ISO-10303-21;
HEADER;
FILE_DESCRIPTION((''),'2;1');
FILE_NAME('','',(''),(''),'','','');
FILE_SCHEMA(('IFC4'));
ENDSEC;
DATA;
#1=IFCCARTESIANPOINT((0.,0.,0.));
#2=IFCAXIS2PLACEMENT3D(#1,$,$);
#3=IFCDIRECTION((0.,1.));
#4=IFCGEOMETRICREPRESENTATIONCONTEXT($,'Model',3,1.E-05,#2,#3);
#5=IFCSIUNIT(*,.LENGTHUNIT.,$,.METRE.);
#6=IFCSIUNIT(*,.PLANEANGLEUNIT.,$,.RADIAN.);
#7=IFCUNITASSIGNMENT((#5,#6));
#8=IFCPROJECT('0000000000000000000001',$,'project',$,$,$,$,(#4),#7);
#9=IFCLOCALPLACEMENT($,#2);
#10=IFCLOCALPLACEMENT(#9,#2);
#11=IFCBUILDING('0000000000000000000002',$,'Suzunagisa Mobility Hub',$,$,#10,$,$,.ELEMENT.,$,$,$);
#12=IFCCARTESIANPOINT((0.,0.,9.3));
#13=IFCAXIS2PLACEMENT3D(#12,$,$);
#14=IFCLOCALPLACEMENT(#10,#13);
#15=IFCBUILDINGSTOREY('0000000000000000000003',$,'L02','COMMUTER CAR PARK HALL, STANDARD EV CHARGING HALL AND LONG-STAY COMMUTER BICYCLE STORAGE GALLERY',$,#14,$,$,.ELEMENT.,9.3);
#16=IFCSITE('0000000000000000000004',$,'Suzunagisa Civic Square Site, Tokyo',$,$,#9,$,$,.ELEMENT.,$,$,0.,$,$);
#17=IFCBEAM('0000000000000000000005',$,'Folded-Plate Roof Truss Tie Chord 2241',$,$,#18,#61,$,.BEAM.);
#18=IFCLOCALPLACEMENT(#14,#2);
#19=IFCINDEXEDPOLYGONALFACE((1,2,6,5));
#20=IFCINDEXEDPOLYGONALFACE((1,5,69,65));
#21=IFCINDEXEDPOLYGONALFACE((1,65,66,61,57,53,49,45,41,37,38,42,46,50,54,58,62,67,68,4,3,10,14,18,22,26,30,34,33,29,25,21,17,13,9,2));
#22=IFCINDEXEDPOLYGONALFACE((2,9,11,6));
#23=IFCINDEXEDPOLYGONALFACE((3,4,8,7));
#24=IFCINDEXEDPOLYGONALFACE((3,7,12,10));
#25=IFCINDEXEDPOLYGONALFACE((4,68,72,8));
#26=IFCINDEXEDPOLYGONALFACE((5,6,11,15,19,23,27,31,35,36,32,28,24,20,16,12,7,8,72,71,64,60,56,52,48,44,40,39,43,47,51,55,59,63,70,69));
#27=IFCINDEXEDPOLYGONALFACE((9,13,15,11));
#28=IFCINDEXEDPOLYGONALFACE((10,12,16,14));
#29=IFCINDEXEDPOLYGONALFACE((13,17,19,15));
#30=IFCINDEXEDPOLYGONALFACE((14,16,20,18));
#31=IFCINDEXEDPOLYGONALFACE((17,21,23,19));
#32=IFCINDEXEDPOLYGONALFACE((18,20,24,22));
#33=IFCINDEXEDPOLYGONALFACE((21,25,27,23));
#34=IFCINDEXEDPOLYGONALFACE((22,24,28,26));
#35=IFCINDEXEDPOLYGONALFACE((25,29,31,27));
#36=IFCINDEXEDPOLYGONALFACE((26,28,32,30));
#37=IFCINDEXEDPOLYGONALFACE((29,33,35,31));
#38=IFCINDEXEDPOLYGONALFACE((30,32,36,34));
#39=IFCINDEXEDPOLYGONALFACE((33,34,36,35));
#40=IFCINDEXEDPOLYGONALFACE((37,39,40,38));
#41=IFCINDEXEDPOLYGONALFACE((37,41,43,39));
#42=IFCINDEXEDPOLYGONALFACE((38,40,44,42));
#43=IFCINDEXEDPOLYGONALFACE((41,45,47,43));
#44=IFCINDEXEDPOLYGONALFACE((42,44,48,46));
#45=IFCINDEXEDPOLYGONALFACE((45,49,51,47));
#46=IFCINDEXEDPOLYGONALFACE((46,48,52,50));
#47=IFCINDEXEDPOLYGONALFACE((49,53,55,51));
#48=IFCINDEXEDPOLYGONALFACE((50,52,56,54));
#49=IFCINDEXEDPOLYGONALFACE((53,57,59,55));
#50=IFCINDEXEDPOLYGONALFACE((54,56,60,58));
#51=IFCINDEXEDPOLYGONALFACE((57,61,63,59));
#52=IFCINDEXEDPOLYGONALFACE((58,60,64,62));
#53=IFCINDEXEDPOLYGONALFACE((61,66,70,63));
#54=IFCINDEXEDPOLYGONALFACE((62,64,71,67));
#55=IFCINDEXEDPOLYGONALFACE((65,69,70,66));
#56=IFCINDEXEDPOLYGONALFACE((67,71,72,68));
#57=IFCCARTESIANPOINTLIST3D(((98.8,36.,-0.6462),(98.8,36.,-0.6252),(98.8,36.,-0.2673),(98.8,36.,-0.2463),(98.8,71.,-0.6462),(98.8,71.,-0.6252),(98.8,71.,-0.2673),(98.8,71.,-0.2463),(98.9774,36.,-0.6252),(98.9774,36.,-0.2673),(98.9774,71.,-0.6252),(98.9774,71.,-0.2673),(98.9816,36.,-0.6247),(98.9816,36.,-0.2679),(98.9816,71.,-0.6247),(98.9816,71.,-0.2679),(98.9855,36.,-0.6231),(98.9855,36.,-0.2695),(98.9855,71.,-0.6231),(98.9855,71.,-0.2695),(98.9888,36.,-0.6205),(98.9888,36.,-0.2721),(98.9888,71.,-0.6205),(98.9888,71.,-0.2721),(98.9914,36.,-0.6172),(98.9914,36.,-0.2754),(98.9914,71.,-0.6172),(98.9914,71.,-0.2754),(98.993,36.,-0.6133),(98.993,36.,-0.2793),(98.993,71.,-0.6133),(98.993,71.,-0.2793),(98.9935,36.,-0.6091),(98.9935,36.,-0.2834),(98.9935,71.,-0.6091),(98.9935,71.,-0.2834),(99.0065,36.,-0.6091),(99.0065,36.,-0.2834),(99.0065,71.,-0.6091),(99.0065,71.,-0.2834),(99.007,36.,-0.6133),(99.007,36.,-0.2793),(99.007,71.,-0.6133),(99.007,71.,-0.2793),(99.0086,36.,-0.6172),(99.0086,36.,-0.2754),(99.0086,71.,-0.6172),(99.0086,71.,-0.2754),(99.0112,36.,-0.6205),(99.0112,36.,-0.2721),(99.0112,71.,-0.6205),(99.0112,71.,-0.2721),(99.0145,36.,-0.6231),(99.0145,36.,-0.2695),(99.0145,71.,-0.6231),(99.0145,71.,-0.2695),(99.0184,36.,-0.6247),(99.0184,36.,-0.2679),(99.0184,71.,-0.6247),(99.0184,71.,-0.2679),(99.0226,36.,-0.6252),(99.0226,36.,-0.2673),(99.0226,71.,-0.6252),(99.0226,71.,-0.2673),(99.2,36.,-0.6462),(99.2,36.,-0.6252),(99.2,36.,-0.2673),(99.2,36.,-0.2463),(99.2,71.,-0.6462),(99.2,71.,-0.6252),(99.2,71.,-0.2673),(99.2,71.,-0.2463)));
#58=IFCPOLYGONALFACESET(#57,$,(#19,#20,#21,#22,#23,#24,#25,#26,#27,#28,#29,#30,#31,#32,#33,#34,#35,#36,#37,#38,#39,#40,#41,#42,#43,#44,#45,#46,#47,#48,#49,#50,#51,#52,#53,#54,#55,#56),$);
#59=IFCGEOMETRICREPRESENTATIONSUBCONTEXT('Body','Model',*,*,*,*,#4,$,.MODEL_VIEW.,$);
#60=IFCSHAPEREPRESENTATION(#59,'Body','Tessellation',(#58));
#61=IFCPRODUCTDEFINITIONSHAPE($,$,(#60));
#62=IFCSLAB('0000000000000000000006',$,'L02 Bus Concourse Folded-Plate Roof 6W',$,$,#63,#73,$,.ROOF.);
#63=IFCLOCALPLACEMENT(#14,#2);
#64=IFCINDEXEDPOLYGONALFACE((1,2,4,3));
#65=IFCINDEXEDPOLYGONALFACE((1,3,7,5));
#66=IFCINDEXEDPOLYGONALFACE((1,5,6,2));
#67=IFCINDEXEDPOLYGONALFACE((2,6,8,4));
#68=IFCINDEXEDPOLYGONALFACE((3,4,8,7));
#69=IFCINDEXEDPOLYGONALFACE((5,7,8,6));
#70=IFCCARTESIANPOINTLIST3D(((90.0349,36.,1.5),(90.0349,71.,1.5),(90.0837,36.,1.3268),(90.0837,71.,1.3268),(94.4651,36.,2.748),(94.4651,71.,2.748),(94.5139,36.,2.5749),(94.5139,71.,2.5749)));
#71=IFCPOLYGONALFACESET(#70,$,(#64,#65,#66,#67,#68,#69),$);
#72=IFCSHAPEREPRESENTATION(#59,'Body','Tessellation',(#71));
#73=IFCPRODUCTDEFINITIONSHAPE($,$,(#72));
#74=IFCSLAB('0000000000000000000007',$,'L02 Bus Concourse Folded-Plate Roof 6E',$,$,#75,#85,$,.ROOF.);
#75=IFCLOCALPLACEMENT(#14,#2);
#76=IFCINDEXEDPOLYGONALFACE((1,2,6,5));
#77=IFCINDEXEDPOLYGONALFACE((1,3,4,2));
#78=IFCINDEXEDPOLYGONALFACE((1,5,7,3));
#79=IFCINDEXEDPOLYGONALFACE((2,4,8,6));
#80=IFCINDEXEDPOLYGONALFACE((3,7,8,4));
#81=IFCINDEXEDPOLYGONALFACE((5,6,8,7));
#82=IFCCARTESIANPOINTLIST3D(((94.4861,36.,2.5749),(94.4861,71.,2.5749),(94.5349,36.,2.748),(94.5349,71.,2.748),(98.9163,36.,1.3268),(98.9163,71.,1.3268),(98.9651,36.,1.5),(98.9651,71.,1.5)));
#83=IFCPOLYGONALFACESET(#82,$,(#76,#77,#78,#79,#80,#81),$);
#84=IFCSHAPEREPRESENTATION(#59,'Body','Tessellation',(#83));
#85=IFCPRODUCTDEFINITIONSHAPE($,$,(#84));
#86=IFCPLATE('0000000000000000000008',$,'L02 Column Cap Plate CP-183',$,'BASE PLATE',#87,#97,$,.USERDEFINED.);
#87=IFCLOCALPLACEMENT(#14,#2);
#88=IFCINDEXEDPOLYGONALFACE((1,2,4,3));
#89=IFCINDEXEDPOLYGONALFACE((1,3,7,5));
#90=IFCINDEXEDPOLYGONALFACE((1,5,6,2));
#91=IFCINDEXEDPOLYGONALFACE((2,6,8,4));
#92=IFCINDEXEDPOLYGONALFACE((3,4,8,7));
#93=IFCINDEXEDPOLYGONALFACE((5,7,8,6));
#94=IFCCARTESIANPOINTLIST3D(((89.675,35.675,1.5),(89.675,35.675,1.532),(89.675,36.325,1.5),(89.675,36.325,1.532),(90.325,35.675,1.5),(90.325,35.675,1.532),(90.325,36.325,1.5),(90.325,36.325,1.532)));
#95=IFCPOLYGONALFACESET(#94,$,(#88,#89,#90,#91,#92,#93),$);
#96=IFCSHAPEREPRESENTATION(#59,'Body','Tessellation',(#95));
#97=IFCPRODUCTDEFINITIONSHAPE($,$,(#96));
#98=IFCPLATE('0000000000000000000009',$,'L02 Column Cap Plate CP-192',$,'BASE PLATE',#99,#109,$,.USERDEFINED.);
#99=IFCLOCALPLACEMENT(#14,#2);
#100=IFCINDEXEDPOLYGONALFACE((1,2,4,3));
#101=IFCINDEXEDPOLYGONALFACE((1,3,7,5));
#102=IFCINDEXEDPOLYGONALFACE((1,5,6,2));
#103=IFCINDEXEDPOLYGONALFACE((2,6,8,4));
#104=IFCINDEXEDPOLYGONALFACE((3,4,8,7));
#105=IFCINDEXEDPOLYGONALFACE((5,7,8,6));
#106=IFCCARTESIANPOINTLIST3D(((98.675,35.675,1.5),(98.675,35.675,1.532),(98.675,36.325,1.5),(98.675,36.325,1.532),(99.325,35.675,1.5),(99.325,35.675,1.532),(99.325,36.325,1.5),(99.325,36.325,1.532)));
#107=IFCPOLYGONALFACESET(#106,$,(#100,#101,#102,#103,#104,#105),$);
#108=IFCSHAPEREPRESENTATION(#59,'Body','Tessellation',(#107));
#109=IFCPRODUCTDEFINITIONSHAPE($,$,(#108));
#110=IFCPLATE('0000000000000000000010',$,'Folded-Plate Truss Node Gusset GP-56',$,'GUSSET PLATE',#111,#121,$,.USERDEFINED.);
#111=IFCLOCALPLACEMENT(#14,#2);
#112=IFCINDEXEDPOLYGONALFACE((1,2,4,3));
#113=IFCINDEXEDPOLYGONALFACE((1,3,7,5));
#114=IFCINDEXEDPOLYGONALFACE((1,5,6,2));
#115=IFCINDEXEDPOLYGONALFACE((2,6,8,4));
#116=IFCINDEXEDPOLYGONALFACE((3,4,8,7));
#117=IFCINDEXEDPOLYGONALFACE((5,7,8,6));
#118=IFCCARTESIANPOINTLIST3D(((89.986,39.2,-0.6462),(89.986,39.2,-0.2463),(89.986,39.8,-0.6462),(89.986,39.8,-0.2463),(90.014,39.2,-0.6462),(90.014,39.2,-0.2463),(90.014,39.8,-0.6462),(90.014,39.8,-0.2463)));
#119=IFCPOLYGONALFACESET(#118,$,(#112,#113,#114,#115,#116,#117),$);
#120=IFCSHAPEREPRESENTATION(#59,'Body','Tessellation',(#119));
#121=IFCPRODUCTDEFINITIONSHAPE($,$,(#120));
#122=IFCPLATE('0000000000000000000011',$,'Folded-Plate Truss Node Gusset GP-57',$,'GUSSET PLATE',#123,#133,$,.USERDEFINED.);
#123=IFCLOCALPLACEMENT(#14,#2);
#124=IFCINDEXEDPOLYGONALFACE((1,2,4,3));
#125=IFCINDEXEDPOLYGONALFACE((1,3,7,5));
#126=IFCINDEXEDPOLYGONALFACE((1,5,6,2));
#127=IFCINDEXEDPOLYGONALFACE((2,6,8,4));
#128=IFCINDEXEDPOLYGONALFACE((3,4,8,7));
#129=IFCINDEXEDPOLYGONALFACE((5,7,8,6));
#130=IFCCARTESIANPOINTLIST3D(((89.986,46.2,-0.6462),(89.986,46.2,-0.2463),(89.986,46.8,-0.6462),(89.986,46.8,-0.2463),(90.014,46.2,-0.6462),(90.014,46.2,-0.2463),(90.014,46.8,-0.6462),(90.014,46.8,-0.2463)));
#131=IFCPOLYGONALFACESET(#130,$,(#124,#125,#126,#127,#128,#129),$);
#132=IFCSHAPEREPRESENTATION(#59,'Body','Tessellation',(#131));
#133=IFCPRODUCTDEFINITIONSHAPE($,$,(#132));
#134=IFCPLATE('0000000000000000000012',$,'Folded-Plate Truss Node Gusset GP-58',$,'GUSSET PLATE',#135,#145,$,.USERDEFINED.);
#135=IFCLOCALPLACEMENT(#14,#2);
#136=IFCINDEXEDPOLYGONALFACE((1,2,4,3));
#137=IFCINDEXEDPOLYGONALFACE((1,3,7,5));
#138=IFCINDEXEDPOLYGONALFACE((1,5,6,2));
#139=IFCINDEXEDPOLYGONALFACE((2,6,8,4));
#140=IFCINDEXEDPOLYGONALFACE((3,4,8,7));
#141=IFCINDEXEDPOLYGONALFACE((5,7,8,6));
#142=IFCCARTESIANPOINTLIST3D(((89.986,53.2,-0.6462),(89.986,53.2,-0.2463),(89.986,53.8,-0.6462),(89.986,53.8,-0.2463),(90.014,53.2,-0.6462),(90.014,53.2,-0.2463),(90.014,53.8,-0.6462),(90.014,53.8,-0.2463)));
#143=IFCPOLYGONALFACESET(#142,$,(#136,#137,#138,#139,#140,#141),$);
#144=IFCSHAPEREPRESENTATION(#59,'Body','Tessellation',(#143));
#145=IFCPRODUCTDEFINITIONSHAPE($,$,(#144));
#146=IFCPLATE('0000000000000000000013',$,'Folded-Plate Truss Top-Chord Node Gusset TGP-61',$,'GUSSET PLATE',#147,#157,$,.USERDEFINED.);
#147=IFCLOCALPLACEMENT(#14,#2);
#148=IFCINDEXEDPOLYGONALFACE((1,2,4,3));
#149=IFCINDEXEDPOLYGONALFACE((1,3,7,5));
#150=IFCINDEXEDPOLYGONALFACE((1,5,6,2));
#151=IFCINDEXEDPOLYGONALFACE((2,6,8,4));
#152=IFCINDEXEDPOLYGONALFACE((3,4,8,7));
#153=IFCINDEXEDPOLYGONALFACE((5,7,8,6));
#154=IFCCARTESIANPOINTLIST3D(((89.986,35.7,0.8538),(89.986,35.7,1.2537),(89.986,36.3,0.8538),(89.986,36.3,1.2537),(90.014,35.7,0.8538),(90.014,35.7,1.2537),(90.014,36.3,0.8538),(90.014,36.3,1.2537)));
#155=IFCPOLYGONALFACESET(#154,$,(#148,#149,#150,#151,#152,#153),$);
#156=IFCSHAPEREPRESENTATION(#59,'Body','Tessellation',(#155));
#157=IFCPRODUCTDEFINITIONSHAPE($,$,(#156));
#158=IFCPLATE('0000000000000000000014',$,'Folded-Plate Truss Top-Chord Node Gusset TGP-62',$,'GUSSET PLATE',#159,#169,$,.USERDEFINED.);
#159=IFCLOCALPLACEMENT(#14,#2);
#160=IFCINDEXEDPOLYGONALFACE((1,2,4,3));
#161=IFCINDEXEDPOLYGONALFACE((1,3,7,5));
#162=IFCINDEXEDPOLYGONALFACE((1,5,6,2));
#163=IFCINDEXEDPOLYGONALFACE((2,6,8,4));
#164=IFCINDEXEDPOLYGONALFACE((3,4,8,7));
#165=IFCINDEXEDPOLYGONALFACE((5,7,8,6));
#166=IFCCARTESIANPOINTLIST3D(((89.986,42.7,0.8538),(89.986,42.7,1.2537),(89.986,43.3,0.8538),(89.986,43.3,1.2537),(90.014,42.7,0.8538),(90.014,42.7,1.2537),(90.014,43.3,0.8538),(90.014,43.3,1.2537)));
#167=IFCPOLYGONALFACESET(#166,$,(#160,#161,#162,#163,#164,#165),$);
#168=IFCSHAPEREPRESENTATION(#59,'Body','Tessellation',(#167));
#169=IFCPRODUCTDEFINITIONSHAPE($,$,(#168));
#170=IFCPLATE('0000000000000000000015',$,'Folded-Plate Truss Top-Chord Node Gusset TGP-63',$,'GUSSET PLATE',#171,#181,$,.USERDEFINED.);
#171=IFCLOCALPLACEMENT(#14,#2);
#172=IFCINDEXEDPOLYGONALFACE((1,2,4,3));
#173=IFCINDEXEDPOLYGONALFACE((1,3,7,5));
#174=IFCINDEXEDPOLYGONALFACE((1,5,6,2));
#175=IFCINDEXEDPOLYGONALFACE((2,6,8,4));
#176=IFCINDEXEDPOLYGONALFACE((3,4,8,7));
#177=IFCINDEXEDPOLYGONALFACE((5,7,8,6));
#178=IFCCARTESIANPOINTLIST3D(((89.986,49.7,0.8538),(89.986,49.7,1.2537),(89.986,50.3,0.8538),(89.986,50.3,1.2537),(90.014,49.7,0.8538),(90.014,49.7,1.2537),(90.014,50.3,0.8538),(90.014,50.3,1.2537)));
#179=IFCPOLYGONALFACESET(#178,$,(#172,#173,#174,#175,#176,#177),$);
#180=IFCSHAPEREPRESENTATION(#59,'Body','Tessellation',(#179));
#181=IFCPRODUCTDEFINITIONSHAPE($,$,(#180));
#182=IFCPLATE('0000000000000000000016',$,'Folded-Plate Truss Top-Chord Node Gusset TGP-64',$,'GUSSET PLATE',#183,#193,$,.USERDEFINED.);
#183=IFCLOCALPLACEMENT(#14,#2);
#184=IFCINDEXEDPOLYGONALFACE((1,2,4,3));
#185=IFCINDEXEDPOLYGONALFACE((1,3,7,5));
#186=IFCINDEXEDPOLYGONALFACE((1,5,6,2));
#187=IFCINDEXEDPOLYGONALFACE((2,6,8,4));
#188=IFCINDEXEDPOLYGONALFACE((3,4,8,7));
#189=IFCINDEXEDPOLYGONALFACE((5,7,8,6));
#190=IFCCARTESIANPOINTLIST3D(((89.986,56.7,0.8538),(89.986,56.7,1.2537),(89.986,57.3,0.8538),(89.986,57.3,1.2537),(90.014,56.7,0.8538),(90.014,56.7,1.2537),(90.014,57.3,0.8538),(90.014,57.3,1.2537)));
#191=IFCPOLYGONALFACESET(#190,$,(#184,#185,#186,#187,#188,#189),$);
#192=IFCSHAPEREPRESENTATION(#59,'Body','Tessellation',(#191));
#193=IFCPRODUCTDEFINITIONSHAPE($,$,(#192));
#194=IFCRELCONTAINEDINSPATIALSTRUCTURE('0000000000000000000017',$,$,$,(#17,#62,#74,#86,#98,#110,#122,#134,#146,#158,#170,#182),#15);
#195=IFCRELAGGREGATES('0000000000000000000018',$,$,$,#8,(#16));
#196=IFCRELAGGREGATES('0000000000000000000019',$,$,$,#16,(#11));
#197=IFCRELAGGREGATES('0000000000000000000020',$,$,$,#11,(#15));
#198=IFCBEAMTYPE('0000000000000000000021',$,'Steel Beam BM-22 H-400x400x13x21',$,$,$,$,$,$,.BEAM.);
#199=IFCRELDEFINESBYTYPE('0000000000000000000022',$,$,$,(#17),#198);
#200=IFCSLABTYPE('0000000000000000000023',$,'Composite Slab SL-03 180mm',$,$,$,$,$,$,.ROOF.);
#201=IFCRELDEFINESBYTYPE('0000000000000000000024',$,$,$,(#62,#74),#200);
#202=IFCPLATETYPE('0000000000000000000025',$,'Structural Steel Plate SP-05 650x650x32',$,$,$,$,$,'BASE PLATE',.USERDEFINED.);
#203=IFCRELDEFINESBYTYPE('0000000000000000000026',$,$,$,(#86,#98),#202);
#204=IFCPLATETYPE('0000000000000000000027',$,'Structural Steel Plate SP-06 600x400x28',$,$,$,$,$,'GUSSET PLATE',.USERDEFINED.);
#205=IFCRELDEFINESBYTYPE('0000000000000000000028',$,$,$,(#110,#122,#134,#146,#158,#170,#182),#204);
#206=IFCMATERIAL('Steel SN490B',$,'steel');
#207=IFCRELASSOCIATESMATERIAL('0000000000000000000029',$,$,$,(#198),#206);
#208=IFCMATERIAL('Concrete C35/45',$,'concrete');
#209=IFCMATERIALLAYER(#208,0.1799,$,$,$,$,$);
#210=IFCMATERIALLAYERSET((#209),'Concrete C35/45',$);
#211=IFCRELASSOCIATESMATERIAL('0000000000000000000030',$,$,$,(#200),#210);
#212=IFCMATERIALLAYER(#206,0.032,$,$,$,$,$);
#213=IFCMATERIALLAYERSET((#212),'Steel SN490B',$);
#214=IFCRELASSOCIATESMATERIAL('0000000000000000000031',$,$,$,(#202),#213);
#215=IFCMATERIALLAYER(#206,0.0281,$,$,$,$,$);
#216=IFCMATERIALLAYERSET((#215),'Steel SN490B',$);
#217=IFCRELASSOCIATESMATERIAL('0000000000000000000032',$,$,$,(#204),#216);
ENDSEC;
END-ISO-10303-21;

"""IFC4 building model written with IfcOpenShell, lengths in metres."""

from ifc_helpers import new_model, si_unit, direction, frame, origin, origin_2d, place, context, subcontext, project, spatial, polyline, rectangle, i_section, outline, extrude, material, layer, layer_set, material_profile, profile_set, type_object, element, save


model = new_model("IFC4")

# Units and contexts
model_context = context("Model", 3, precision=1e-05, world=origin(), true_north=direction((0.0, 1.0)))
body_context = subcontext(model_context, "Body", "Model", "MODEL_VIEW")
ifc_project = project(units=[si_unit("LENGTHUNIT", "METRE"), si_unit("PLANEANGLEUNIT", "RADIAN")], contexts=[model_context])

# Site, building, storey
site_placement = place(None, origin())
site = spatial("IfcSite", under=ifc_project, at=site_placement, Name="Suzunagisa Civic Square Site, Tokyo", CompositionType="ELEMENT", RefElevation=0.0)
building_placement = place(site_placement, origin())
building = spatial("IfcBuilding", under=site, at=building_placement, Name="Suzunagisa Mobility Hub", CompositionType="ELEMENT")
storey_placement = place(building_placement, frame((0.0, 0.0, 9.3)))
storey = spatial("IfcBuildingStorey", under=building, at=storey_placement, Name="L02", Description="COMMUTER CAR PARK HALL, STANDARD EV CHARGING HALL AND LONG-STAY COMMUTER BICYCLE STORAGE GALLERY", CompositionType="ELEMENT", Elevation=9.3)

# Shared definitions
ifc_material_1 = material(Name="Steel SN490B", Category="steel")

# Beam
ifc_material_profile_1 = material_profile(ifc_material_1, i_section(OverallWidth=0.3999, OverallDepth=0.3999, WebThickness=0.0129, FlangeThickness=0.021, FilletRadius=0.0161, at=origin_2d()), Name="H-400x400x13x21")
ifc_profile_set_1 = profile_set([ifc_material_profile_1], Name="Steel SN490B")
beam_type_1 = type_object("IfcBeamType", Name="Steel Beam BM-22 H-400x400x13x21", PredefinedType="BEAM", material=ifc_profile_set_1)
for number, where, z_axis, x_axis, name in (
    (1, (99.0, 36.0, -0.4463), (0.0, 1.0, 0.0), (-1.0, 0.0, 0.0), "Folded-Plate Roof Truss Tie Chord 2241"),
):
    element("IfcBeam", number, at=place(storey_placement, frame(where, z_axis=z_axis, x_axis=x_axis)), inside=storey, type_object=beam_type_1, Name=name, PredefinedType="BEAM", context=body_context, shape_type="SweptSolid", body=[
        extrude(i_section(OverallWidth=0.3999, OverallDepth=0.3999, WebThickness=0.0129, FlangeThickness=0.021, FilletRadius=0.0161, at=origin_2d()), origin(), (0.0, 0.0, 1.0), 35.0),
    ])

# Slabs
ifc_material_2 = material(Name="Concrete C35/45", Category="concrete")
ifc_layer_1 = layer(ifc_material_2, 0.1799)
ifc_layer_set_1 = layer_set([ifc_layer_1], Name="Concrete C35/45")
slab_type = type_object("IfcSlabType", Name="Composite Slab SL-03 180mm", PredefinedType="ROOF", material=ifc_layer_set_1)
for number, where, z_axis, x_axis, name in (
    (2, (90.0349, 36.0, 1.5), (-0.27116, 0.0, 0.962534), (0.962534, 0.0, 0.27116), "L02 Bus Concourse Folded-Plate Roof 6W"),
    (3, (94.5349, 36.0, 2.748), (0.27116, 0.0, 0.962534), (0.962534, 0.0, -0.27116), "L02 Bus Concourse Folded-Plate Roof 6E"),
):
    element("IfcSlab", number, at=place(storey_placement, frame(where, z_axis=z_axis, x_axis=x_axis)), inside=storey, type_object=slab_type, Name=name, PredefinedType="ROOF", context=body_context, shape_type="SweptSolid", body=[
        extrude(outline(polyline([(0.0, 0.0), (4.6026, 0.0), (4.6026, 35.0), (0.0, 35.0), (0.0, 0.0)])), origin(), (0.0, 0.0, -1.0), 0.1799),
    ])

# Plates
ifc_layer_2 = layer(ifc_material_1, 0.032)
ifc_layer_set_2 = layer_set([ifc_layer_2], Name="Steel SN490B")
plate_type_1 = type_object("IfcPlateType", Name="Structural Steel Plate SP-05 650x650x32", ElementType="BASE PLATE", PredefinedType="USERDEFINED", material=ifc_layer_set_2)
for number, where, z_axis, x_axis, name in (
    (4, (90.0, 36.0, 1.5), (0.0, 0.0, 1.0), (1.0, 0.0, 0.0), "L02 Column Cap Plate CP-183"),
    (5, (99.0, 36.0, 1.5), (0.0, 0.0, 1.0), (1.0, 0.0, 0.0), "L02 Column Cap Plate CP-192"),
):
    element("IfcPlate", number, at=place(storey_placement, frame(where, z_axis=z_axis, x_axis=x_axis)), inside=storey, type_object=plate_type_1, Name=name, ObjectType="BASE PLATE", PredefinedType="USERDEFINED", context=body_context, shape_type="SweptSolid", body=[
        extrude(rectangle(XDim=0.6499, YDim=0.6499, at=origin_2d()), origin(), (0.0, 0.0, 1.0), 0.032),
    ])
ifc_layer_3 = layer(ifc_material_1, 0.0281)
ifc_layer_set_3 = layer_set([ifc_layer_3], Name="Steel SN490B")
plate_type_2 = type_object("IfcPlateType", Name="Structural Steel Plate SP-06 600x400x28", ElementType="GUSSET PLATE", PredefinedType="USERDEFINED", material=ifc_layer_set_3)
for number, where, z_axis, x_axis, name in (
    (6, (90.0, 39.5, -0.6462), (0.0, 0.0, 1.0), (1.0, 0.0, 0.0), "Folded-Plate Truss Node Gusset GP-56"),
    (7, (90.0, 46.5, -0.6462), (0.0, 0.0, 1.0), (1.0, 0.0, 0.0), "Folded-Plate Truss Node Gusset GP-57"),
    (8, (90.0, 53.5, -0.6462), (0.0, 0.0, 1.0), (1.0, 0.0, 0.0), "Folded-Plate Truss Node Gusset GP-58"),
    (9, (90.0, 36.0, 0.8538), (0.0, 0.0, 1.0), (1.0, 0.0, 0.0), "Folded-Plate Truss Top-Chord Node Gusset TGP-61"),
    (10, (90.0, 43.0, 0.8538), (0.0, 0.0, 1.0), (1.0, 0.0, 0.0), "Folded-Plate Truss Top-Chord Node Gusset TGP-62"),
    (11, (90.0, 50.0, 0.8538), (0.0, 0.0, 1.0), (1.0, 0.0, 0.0), "Folded-Plate Truss Top-Chord Node Gusset TGP-63"),
    (12, (90.0, 57.0, 0.8538), (0.0, 0.0, 1.0), (1.0, 0.0, 0.0), "Folded-Plate Truss Top-Chord Node Gusset TGP-64"),
):
    element("IfcPlate", number, at=place(storey_placement, frame(where, z_axis=z_axis, x_axis=x_axis)), inside=storey, type_object=plate_type_2, Name=name, ObjectType="GUSSET PLATE", PredefinedType="USERDEFINED", context=body_context, shape_type="SweptSolid", body=[
        extrude(rectangle(XDim=0.0281, YDim=0.6001, at=origin_2d()), origin(), (0.0, 0.0, 1.0), 0.3999),
    ])

save(model, "model.ifc")
